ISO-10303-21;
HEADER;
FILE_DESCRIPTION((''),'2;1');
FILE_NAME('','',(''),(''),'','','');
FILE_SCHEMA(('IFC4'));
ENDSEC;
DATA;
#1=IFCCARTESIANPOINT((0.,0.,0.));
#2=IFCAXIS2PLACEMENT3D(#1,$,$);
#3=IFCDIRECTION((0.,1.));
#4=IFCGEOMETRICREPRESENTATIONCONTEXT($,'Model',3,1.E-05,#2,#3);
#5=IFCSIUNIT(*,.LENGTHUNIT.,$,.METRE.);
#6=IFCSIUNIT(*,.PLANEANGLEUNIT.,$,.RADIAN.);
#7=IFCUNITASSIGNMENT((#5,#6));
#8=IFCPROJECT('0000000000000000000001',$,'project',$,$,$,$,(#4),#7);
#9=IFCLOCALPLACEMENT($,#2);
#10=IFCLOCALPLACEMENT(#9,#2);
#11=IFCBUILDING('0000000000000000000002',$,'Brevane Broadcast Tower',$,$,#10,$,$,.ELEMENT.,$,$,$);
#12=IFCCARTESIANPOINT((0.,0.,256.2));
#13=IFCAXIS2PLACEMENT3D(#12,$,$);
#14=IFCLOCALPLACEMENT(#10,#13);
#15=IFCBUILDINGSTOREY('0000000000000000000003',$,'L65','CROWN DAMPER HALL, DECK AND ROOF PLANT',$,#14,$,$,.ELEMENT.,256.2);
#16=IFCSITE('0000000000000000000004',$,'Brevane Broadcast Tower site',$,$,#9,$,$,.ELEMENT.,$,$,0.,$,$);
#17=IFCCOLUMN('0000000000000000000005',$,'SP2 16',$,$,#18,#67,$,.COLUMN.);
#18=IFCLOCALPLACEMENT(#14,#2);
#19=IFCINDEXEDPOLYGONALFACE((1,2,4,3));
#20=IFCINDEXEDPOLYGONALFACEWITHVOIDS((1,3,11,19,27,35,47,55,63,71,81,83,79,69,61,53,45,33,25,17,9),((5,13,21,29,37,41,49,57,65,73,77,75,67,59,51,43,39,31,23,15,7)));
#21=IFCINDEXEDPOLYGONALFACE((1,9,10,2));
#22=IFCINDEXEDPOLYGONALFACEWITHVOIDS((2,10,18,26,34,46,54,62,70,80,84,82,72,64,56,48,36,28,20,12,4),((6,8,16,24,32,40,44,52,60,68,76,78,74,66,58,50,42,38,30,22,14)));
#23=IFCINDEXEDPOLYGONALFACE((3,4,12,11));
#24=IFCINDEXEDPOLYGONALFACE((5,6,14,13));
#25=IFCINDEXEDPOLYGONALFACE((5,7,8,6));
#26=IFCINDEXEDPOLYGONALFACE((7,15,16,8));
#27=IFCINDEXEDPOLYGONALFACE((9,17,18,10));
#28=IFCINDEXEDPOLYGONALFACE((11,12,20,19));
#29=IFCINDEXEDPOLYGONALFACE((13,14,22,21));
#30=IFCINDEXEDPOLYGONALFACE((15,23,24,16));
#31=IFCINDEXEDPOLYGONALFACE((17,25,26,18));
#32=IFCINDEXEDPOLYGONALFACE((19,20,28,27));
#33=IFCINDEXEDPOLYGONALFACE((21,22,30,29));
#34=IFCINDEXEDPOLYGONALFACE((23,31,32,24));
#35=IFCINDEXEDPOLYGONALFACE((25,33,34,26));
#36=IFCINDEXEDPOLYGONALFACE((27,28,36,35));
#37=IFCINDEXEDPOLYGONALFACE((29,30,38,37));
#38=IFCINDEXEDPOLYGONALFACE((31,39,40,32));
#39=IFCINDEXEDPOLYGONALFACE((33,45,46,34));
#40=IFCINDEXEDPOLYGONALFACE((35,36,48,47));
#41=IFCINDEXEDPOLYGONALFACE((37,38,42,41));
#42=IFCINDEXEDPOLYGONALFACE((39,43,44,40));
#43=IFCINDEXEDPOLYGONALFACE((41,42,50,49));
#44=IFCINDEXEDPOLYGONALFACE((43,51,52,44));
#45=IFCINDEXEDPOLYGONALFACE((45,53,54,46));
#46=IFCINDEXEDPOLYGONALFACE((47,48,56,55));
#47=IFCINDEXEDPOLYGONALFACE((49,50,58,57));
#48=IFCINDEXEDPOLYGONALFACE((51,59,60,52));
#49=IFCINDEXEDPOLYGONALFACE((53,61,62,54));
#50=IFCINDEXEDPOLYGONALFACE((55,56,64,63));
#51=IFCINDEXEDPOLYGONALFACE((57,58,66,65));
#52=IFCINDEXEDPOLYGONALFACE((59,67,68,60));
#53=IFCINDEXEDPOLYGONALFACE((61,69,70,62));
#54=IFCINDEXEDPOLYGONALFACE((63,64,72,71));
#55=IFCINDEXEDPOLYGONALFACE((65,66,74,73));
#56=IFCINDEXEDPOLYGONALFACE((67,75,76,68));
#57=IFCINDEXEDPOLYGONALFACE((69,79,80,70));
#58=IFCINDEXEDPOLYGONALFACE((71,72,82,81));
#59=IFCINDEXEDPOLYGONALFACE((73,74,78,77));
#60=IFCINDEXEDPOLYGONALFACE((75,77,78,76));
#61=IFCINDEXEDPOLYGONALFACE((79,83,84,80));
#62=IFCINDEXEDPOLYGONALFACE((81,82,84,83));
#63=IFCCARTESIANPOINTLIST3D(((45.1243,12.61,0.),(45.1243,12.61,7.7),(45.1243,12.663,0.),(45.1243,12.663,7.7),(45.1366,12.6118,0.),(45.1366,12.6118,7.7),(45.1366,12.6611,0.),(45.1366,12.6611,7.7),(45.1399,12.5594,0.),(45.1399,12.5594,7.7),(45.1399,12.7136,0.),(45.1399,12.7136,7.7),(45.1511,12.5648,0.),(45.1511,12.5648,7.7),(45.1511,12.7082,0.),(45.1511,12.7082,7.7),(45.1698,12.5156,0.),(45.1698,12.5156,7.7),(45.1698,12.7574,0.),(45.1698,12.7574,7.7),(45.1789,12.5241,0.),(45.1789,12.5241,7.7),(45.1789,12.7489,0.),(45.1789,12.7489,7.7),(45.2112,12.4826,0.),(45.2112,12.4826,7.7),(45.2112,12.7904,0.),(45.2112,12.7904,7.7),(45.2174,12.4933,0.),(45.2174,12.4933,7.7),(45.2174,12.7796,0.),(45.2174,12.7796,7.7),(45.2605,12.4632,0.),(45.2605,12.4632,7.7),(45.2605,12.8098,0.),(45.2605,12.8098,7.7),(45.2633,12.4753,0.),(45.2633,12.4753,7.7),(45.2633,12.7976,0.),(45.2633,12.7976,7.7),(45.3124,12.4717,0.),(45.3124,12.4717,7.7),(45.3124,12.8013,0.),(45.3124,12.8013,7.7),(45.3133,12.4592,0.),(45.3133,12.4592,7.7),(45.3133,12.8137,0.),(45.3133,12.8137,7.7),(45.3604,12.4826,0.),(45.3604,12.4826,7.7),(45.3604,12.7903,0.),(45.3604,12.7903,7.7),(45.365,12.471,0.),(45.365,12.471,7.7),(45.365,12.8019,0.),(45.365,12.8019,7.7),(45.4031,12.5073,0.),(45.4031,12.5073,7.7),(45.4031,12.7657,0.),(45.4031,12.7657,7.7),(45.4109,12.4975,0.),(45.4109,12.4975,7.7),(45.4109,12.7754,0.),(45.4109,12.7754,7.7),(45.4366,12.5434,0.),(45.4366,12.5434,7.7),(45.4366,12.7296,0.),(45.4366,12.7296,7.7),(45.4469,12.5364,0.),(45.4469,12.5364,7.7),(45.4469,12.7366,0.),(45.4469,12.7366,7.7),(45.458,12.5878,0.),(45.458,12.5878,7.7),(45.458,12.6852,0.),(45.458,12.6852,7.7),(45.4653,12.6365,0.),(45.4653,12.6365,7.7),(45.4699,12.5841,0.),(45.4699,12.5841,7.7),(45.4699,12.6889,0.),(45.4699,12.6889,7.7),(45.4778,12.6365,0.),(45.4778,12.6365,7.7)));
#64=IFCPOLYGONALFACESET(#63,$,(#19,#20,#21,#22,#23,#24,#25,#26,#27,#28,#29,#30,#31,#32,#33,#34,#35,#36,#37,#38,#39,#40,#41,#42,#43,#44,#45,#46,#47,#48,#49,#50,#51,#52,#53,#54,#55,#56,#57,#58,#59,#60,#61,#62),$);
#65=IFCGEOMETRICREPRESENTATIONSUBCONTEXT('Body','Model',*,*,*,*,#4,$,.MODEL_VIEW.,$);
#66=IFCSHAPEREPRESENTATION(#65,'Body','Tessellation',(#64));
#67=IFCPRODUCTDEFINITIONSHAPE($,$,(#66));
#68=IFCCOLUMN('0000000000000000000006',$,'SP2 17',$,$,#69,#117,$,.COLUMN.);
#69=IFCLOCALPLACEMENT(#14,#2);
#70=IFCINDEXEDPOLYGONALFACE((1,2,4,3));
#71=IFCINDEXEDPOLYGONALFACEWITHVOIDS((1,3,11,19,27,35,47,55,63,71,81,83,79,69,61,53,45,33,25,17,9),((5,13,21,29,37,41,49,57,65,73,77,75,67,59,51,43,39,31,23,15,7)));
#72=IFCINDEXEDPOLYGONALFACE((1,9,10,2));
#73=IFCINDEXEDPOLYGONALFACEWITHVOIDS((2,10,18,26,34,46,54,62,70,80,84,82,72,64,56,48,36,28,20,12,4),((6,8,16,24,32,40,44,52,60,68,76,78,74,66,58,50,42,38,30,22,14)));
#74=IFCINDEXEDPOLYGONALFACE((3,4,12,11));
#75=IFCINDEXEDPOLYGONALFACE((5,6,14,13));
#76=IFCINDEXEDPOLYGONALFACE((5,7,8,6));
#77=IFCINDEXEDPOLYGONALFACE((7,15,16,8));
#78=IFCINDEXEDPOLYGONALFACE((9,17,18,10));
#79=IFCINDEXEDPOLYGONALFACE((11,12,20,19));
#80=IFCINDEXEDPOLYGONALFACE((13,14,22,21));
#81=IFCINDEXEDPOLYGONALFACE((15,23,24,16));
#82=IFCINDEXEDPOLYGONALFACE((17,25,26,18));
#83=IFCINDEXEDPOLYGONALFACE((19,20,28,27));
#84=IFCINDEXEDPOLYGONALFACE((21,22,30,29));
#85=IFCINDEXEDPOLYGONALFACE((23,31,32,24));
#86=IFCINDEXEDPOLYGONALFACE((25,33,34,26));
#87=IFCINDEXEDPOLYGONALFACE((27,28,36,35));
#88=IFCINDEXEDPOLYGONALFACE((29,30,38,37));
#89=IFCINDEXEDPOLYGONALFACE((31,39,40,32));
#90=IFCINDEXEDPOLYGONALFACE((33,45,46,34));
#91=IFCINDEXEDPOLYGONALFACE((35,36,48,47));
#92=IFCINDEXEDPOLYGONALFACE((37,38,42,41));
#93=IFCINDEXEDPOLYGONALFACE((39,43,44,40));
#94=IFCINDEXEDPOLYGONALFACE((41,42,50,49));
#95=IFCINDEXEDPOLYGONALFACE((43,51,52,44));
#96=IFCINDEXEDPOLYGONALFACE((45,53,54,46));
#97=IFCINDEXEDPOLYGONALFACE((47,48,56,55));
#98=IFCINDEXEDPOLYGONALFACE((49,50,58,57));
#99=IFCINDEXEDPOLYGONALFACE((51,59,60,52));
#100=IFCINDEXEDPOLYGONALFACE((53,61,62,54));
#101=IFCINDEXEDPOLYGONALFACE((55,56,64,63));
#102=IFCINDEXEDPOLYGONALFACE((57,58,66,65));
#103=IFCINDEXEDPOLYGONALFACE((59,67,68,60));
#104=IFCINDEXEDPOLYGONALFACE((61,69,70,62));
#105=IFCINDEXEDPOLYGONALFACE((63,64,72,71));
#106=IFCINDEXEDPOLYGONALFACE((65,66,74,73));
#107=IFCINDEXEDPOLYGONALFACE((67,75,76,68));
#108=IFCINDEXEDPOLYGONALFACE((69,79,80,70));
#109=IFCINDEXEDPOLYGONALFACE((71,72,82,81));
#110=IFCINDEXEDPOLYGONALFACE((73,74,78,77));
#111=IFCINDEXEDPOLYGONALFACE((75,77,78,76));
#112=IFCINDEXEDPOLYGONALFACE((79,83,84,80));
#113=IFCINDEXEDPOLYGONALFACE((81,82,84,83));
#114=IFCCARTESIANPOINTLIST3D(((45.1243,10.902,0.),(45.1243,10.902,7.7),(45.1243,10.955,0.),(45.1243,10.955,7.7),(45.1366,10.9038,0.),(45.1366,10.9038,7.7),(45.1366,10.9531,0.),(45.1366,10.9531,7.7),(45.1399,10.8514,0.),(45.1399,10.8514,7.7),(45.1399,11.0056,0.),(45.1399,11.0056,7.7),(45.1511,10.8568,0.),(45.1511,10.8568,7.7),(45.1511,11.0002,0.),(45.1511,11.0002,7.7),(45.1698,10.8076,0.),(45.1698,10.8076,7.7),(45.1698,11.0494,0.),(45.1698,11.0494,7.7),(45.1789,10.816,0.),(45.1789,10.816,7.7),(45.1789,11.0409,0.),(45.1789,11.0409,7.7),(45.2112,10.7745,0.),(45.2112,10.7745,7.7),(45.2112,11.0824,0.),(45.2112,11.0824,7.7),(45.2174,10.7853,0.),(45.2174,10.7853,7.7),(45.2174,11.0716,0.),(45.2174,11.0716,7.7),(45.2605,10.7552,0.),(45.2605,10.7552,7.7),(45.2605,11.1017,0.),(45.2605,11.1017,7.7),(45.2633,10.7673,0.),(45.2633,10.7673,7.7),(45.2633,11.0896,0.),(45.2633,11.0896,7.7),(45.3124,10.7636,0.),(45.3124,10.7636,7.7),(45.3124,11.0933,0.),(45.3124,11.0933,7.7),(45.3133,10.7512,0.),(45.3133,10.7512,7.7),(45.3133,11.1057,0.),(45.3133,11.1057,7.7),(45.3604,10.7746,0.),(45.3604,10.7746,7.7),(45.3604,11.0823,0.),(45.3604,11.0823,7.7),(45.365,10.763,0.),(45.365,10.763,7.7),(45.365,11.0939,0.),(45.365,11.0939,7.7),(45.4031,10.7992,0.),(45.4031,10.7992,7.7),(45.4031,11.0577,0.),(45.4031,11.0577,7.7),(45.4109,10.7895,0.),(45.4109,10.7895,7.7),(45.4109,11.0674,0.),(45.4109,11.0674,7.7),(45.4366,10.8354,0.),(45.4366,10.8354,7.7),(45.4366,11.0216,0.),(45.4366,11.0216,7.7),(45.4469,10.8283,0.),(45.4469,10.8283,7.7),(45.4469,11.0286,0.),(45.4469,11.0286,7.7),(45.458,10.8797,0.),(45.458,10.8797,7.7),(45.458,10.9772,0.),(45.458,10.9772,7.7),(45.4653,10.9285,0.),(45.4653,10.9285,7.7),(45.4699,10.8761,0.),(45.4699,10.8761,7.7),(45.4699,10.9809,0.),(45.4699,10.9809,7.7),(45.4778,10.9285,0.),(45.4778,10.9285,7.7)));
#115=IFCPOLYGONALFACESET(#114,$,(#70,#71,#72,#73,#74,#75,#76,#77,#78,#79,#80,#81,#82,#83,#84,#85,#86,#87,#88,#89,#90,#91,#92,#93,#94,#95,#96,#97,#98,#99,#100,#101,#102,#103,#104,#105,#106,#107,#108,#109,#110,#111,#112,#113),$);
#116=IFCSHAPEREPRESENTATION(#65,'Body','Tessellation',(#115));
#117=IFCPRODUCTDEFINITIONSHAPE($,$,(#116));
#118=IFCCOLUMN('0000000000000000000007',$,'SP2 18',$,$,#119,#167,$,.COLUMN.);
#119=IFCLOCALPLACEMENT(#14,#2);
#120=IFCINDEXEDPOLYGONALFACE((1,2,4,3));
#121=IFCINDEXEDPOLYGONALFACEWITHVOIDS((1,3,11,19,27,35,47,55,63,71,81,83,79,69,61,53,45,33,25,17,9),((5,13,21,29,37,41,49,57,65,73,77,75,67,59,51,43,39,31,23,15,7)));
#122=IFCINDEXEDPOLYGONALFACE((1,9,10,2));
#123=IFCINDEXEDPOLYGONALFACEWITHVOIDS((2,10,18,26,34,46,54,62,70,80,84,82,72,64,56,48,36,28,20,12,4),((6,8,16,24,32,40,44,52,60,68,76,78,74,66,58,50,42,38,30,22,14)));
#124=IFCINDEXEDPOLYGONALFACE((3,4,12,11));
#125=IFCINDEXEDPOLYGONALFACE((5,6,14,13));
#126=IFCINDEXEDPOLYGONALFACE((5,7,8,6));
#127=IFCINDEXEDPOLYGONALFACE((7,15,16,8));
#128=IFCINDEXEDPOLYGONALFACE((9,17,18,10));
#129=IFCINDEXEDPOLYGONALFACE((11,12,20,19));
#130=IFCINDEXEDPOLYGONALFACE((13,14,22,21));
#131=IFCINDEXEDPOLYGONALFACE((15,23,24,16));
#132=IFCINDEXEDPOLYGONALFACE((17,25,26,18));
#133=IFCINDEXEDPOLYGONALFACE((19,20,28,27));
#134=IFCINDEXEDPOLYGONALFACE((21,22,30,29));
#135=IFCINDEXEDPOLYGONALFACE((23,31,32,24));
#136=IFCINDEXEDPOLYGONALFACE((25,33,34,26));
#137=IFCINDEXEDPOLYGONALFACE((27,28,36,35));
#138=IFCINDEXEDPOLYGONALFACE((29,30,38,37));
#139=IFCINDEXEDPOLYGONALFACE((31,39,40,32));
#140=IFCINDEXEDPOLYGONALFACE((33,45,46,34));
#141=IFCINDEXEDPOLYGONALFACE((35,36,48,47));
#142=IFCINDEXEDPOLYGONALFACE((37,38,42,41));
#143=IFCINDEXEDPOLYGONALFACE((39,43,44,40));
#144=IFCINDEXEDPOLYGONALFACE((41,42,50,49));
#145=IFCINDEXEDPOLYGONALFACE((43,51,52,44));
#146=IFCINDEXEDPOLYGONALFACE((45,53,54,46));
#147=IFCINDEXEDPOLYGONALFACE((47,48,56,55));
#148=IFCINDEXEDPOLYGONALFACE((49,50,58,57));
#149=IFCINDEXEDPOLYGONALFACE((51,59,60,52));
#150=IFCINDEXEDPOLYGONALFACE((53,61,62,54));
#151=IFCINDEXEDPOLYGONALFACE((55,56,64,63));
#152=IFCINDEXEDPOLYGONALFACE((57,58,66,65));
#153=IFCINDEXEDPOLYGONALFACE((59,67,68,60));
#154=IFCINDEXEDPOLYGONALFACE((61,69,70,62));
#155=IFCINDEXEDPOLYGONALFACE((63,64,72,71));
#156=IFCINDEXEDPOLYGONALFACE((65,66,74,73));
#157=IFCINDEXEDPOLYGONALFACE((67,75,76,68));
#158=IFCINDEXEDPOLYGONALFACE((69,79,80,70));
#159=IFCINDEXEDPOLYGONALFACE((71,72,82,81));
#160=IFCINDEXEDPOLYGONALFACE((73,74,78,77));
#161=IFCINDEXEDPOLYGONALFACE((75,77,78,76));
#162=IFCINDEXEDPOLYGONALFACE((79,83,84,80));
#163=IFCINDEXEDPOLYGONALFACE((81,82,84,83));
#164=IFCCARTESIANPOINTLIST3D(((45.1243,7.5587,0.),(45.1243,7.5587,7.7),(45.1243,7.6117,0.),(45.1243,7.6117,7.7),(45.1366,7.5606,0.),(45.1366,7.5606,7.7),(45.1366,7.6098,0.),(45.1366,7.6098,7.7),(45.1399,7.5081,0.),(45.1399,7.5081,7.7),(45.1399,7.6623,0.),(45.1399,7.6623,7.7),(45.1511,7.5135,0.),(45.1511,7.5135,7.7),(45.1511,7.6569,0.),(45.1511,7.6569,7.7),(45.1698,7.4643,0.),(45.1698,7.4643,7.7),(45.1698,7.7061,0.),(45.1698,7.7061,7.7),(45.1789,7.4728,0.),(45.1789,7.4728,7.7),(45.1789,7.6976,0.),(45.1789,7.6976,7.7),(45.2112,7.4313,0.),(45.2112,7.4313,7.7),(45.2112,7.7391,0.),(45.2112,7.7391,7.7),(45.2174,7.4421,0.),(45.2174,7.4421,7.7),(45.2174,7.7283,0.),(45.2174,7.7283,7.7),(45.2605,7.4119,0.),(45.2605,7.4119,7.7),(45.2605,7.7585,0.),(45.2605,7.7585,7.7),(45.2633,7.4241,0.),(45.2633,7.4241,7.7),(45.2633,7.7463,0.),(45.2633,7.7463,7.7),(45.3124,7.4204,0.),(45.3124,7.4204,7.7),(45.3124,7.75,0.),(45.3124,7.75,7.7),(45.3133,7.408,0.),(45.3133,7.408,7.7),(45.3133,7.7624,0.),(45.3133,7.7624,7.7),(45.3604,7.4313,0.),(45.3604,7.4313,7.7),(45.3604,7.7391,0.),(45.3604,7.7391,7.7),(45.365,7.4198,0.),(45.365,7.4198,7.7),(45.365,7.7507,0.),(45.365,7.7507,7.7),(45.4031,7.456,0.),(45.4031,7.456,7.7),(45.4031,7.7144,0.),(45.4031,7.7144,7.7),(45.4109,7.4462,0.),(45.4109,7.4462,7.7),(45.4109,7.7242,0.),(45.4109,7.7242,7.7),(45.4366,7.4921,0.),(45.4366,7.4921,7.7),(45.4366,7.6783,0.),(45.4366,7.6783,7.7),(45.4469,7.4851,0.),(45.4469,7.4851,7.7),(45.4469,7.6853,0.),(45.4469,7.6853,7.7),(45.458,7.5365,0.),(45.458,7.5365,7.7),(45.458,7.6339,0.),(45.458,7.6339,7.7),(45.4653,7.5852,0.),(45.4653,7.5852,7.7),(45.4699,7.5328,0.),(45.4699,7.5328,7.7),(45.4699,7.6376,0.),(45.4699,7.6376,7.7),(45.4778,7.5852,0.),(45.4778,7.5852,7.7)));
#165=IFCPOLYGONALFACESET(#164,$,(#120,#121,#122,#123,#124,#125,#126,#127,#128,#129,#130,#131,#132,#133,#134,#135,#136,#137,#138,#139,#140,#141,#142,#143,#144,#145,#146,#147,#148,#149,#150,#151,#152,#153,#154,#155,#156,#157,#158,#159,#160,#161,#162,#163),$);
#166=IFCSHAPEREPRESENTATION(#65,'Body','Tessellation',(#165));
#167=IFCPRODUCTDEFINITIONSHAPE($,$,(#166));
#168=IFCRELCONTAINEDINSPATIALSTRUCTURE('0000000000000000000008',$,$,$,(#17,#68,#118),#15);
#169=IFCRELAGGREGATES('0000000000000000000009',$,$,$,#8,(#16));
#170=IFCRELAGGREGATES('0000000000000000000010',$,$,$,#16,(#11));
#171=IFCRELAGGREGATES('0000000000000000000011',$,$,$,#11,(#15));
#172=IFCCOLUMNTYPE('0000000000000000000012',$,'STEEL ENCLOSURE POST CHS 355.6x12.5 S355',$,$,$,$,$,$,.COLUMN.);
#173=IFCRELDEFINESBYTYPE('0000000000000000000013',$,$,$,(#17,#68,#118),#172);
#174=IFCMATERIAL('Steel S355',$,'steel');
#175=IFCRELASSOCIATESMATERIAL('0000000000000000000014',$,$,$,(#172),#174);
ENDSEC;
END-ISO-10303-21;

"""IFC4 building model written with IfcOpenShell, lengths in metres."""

from ifc_helpers import new_model, si_unit, direction, frame, origin, origin_2d, place, context, subcontext, project, spatial, hollow_circle, extrude, material, material_profile, profile_set, type_object, element, save


model = new_model("IFC4")

# Units and contexts
model_context = context("Model", 3, precision=1e-05, world=origin(), true_north=direction((0.0, 1.0)))
body_context = subcontext(model_context, "Body", "Model", "MODEL_VIEW")
ifc_project = project(units=[si_unit("LENGTHUNIT", "METRE"), si_unit("PLANEANGLEUNIT", "RADIAN")], contexts=[model_context])

# Site, building, storey
site_placement = place(None, origin())
site = spatial("IfcSite", under=ifc_project, at=site_placement, Name="Brevane Broadcast Tower site", CompositionType="ELEMENT", RefElevation=0.0)
building_placement = place(site_placement, origin())
building = spatial("IfcBuilding", under=site, at=building_placement, Name="Brevane Broadcast Tower", CompositionType="ELEMENT")
storey_placement = place(building_placement, frame((0.0, 0.0, 256.2)))
storey = spatial("IfcBuildingStorey", under=building, at=storey_placement, Name="L65", Description="CROWN DAMPER HALL, DECK AND ROOF PLANT", CompositionType="ELEMENT", Elevation=256.2)

# Columns
ifc_material_1 = material(Name="Steel S355", Category="steel")
ifc_material_profile_1 = material_profile(ifc_material_1, hollow_circle(Radius=0.1777, WallThickness=0.0125, at=origin_2d()), Name="CHS 355.6x12.5")
ifc_profile_set_1 = profile_set([ifc_material_profile_1], Name="Steel S355")
column_type_1 = type_object("IfcColumnType", Name="STEEL ENCLOSURE POST CHS 355.6x12.5 S355", PredefinedType="COLUMN", material=ifc_profile_set_1)
for number, where, z_axis, x_axis, name in (
    (1, (45.3, 12.6365, 0.0), (0.0, 0.0, 1.0), (1.0, 0.0, 0.0), "SP2 16"),
    (2, (45.3, 10.9285, 0.0), (0.0, 0.0, 1.0), (1.0, 0.0, 0.0), "SP2 17"),
    (3, (45.3, 7.5852, 0.0), (0.0, 0.0, 1.0), (1.0, 0.0, 0.0), "SP2 18"),
):
    element("IfcColumn", number, at=place(storey_placement, frame(where, z_axis=z_axis, x_axis=x_axis)), inside=storey, type_object=column_type_1, Name=name, PredefinedType="COLUMN", context=body_context, shape_type="SweptSolid", body=[
        extrude(hollow_circle(Radius=0.1777, WallThickness=0.0125, at=origin_2d()), origin(), (0.0, 0.0, 1.0), 7.7),
    ])

save(model, "model.ifc")
